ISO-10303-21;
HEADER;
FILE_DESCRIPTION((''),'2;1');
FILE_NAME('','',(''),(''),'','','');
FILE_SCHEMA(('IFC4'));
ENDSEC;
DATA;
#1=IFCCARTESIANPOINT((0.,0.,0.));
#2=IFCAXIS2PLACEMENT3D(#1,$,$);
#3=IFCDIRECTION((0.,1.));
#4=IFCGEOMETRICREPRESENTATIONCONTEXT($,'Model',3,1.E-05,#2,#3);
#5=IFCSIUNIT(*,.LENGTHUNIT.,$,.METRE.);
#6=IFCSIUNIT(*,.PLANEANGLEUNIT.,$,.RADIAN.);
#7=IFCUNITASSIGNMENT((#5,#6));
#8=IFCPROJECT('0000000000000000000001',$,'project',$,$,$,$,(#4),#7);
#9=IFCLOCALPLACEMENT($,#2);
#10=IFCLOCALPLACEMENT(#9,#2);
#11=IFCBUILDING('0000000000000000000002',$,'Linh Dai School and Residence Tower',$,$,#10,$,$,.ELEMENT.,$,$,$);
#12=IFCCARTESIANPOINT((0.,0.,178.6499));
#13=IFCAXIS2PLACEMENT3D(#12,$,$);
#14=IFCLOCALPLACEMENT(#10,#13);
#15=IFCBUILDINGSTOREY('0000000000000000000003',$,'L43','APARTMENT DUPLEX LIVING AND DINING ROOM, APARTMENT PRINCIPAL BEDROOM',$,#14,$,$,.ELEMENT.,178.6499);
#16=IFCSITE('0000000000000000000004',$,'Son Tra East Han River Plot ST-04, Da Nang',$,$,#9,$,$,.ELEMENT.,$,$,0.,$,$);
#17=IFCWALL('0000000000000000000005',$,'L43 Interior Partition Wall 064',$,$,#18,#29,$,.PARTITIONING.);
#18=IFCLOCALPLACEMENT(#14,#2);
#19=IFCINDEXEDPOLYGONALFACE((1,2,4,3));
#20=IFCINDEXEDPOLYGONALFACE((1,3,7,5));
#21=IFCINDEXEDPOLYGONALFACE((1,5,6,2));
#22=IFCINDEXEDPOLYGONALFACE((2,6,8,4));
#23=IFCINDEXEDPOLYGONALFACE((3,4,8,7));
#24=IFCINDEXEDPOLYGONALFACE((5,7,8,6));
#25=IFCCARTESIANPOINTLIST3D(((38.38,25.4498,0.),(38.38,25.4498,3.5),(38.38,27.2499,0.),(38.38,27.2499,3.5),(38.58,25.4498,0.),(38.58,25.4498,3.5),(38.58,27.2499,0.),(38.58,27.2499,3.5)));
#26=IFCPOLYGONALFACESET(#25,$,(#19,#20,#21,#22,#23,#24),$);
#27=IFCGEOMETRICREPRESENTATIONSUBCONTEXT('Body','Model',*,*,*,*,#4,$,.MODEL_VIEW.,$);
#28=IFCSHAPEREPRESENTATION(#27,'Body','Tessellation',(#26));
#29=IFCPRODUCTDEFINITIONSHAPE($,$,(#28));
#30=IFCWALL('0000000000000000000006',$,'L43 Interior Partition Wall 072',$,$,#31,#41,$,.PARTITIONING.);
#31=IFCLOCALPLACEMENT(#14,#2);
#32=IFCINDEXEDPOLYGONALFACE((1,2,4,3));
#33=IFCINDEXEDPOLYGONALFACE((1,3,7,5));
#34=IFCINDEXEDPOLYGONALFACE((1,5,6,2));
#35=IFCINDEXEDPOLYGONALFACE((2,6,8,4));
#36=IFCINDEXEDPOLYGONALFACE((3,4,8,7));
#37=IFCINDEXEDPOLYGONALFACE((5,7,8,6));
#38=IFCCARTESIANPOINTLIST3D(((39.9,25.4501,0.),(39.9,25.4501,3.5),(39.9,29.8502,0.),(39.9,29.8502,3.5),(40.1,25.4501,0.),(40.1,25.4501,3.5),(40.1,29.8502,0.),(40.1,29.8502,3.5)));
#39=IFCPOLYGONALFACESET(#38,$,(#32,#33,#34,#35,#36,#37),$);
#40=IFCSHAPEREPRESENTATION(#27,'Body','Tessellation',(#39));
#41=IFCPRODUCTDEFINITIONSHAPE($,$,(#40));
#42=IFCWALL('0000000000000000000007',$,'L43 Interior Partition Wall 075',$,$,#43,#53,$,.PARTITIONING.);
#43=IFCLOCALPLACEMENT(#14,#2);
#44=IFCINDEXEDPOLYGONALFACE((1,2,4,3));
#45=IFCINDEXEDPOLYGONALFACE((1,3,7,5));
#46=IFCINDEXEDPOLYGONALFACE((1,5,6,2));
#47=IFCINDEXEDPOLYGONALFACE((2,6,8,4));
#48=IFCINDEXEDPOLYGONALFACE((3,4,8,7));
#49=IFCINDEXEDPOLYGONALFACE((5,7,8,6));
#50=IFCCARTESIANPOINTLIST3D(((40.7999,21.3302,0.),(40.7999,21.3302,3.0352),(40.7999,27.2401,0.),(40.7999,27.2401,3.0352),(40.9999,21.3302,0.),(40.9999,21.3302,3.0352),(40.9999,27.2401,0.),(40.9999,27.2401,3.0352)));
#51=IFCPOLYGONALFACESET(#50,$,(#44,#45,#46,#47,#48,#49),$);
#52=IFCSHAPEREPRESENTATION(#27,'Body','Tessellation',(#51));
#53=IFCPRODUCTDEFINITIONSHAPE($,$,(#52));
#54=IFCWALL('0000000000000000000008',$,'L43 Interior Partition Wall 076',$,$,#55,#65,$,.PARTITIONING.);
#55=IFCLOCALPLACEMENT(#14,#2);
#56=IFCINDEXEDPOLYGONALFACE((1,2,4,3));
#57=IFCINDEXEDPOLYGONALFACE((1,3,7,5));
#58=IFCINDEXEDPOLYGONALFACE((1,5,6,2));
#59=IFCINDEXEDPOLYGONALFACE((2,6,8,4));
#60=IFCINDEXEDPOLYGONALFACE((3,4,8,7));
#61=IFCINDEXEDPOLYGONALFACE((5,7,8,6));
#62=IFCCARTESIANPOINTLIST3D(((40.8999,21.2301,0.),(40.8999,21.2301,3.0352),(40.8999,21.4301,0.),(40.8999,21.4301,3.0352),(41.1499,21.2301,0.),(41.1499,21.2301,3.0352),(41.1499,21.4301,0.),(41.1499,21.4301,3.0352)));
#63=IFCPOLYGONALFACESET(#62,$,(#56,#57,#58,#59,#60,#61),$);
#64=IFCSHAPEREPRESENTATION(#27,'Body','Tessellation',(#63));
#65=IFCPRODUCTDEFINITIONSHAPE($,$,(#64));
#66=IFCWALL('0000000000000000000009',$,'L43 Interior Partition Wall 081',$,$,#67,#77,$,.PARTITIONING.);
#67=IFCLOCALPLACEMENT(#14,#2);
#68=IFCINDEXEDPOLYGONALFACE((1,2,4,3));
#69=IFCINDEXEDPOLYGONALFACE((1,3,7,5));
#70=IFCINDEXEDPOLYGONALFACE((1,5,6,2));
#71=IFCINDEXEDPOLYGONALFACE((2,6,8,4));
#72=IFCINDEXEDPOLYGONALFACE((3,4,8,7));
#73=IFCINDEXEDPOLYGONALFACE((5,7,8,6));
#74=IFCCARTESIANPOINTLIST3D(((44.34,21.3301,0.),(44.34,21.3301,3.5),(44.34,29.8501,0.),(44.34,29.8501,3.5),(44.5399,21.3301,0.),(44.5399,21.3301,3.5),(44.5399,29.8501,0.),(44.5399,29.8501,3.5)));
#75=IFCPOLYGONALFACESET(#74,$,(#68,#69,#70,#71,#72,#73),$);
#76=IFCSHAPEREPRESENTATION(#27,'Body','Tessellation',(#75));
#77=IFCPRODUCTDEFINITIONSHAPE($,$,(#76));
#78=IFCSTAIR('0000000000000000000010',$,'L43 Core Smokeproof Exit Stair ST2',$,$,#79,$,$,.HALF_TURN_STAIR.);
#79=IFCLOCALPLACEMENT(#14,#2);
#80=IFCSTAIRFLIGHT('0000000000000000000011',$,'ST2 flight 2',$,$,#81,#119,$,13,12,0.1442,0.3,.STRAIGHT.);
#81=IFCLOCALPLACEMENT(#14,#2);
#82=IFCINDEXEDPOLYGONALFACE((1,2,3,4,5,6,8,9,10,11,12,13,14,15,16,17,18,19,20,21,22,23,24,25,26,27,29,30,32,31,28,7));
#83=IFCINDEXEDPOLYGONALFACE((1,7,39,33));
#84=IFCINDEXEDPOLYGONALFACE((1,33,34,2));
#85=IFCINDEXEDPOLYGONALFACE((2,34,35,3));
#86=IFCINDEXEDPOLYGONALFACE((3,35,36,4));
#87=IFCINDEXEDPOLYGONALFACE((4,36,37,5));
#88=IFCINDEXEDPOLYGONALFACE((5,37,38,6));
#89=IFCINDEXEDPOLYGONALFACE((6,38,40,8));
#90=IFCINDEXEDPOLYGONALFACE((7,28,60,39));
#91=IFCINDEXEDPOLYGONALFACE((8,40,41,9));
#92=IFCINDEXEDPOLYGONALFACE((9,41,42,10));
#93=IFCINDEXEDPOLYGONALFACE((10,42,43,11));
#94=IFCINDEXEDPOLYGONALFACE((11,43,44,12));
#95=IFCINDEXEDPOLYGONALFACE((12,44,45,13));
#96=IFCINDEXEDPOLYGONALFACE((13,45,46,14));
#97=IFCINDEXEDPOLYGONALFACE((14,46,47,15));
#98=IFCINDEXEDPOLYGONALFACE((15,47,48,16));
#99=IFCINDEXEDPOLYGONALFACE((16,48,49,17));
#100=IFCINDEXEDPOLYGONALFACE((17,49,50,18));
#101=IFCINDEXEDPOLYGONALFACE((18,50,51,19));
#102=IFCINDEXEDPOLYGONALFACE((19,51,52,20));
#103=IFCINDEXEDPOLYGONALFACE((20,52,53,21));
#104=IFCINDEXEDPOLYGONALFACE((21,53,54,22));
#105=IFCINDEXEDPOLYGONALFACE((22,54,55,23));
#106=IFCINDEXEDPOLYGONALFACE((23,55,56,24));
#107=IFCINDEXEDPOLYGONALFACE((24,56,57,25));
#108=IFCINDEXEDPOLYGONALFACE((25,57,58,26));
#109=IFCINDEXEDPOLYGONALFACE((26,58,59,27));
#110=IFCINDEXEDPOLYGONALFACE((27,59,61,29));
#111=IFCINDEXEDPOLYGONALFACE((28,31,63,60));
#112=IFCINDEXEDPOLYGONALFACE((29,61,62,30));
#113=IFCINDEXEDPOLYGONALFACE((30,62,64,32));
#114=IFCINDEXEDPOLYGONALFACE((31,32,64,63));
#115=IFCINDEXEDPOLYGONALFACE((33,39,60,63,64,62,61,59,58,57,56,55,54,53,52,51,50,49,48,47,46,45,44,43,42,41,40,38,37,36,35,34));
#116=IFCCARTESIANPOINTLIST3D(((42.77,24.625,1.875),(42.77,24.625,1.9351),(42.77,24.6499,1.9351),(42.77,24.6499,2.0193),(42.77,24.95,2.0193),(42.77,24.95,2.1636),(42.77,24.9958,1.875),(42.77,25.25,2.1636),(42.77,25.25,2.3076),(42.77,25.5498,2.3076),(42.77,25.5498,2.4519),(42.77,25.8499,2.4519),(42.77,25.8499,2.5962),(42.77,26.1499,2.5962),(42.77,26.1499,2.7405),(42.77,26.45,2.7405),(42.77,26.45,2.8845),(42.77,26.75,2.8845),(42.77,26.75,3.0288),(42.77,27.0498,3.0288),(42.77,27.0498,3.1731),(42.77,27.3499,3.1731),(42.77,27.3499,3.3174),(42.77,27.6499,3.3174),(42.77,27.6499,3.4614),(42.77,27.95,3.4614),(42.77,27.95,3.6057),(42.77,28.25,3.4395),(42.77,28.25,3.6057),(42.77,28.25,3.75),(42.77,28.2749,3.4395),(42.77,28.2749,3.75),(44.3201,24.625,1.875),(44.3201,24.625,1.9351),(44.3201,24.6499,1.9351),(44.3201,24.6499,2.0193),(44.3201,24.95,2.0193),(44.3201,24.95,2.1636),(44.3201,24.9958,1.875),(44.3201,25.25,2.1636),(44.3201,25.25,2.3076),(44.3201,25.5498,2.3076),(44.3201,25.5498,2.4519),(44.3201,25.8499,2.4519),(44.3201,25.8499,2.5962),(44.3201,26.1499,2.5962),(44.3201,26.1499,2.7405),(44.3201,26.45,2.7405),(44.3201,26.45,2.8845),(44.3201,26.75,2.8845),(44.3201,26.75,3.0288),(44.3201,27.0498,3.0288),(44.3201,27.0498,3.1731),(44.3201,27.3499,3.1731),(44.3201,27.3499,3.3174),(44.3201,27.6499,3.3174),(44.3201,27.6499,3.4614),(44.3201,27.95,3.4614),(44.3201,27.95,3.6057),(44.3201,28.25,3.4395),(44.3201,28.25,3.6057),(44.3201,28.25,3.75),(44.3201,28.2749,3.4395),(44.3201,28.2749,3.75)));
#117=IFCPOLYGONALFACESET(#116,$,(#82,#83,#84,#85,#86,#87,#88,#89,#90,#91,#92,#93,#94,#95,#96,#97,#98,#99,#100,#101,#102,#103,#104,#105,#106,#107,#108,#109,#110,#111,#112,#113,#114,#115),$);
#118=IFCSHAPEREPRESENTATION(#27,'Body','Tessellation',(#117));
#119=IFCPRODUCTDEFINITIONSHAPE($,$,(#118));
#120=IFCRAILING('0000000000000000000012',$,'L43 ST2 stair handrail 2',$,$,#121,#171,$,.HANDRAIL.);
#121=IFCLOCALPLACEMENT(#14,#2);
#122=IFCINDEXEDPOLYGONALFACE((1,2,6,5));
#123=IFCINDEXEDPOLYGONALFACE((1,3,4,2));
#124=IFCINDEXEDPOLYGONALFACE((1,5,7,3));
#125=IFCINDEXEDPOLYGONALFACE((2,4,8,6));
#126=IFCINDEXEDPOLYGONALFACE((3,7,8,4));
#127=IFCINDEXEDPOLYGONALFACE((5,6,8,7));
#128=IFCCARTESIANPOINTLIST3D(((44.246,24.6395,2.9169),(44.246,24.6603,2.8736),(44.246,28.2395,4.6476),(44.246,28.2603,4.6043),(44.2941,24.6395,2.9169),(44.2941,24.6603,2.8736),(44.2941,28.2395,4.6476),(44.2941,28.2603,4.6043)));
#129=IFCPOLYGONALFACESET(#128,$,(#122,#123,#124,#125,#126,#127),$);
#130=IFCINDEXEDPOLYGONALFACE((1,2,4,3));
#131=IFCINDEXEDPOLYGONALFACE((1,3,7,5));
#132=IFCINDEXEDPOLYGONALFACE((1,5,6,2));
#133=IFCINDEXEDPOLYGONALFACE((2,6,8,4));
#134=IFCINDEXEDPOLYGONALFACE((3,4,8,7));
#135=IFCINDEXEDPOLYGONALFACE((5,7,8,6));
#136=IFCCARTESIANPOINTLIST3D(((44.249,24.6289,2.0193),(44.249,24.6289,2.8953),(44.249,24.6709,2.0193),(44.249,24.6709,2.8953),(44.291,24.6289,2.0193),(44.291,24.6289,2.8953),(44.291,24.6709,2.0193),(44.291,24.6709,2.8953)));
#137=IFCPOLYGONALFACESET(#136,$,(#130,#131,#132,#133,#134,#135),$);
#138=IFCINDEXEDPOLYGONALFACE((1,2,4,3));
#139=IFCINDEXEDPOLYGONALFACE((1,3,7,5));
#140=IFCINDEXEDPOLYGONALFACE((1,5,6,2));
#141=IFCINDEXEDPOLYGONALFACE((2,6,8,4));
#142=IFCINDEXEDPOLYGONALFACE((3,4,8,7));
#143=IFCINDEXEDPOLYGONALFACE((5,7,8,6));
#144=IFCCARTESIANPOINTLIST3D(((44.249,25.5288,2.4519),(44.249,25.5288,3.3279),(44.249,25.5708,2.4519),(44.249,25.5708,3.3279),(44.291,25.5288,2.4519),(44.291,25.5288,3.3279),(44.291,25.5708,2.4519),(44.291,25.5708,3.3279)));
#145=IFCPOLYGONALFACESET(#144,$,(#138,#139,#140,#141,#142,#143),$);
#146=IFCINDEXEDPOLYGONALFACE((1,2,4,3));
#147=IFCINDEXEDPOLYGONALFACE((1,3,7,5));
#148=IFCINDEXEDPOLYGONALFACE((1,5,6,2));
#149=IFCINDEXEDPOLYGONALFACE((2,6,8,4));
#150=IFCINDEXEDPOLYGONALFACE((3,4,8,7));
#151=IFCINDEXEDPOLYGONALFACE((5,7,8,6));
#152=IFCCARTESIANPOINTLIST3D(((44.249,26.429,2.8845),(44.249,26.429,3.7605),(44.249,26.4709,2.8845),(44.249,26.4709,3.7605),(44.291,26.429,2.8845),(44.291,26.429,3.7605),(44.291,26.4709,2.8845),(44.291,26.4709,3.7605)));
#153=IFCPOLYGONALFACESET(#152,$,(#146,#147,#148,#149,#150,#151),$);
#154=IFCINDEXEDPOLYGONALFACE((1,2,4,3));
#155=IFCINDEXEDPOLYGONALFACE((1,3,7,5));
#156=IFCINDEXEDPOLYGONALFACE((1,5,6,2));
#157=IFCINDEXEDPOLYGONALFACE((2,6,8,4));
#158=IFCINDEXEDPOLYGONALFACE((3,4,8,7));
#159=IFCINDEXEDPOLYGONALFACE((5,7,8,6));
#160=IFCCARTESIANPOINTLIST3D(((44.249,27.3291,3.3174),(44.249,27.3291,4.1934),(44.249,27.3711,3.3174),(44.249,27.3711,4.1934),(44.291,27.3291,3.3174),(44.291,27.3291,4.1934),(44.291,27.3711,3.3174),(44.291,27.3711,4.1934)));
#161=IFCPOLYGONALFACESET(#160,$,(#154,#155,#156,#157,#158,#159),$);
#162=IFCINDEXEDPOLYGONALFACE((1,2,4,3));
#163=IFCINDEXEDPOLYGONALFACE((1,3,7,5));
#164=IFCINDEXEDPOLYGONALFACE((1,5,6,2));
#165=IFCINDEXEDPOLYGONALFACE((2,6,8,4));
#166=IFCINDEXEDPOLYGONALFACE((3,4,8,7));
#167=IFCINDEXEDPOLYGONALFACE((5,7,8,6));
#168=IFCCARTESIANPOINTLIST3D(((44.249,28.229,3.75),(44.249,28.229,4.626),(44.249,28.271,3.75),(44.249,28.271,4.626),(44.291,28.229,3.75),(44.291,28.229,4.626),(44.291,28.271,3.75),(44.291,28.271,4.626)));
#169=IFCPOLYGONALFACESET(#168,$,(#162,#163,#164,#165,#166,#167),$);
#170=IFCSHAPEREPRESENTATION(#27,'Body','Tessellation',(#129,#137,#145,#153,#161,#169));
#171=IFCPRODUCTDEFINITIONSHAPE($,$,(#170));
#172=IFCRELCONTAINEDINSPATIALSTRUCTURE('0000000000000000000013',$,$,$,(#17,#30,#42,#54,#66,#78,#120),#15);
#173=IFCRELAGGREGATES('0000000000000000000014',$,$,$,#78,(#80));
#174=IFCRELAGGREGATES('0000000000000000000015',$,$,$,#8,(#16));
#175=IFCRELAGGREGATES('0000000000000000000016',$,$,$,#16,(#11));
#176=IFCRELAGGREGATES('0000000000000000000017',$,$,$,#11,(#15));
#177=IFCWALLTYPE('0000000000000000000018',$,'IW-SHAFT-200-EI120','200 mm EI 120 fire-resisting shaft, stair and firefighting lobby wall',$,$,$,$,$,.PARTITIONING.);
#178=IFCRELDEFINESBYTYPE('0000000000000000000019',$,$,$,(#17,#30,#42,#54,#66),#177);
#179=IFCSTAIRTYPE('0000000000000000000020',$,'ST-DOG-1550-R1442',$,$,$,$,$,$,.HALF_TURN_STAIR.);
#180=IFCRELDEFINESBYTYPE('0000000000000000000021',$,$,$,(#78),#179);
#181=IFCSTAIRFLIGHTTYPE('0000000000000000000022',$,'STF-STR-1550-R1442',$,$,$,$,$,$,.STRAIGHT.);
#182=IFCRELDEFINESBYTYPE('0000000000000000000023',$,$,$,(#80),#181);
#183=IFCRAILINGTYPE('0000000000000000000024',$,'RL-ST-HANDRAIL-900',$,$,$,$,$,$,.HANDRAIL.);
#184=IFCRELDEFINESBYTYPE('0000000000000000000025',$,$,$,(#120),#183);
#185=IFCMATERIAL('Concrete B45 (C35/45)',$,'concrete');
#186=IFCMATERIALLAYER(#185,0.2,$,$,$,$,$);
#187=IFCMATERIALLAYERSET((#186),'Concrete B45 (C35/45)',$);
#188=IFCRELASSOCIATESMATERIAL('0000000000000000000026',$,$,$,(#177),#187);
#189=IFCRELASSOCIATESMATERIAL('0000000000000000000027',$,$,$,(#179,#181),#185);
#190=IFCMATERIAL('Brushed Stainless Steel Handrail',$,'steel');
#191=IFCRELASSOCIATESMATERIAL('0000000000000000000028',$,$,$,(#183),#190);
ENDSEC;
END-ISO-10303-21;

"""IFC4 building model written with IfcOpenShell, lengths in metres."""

from ifc_helpers import new_model, si_unit, direction, frame, frame_2d, origin, origin_2d, place, context, subcontext, project, spatial, polyline, rectangle, outline, extrude, source, transform, mapped, material, layer, layer_set, type_object, element, aggregate, save


model = new_model("IFC4")

# Units and contexts
model_context = context("Model", 3, precision=1e-05, world=origin(), true_north=direction((0.0, 1.0)))
body_context = subcontext(model_context, "Body", "Model", "MODEL_VIEW")
ifc_project = project(units=[si_unit("LENGTHUNIT", "METRE"), si_unit("PLANEANGLEUNIT", "RADIAN")], contexts=[model_context])

# Site, building, storey
site_placement = place(None, origin())
site = spatial("IfcSite", under=ifc_project, at=site_placement, Name="Son Tra East Han River Plot ST-04, Da Nang", CompositionType="ELEMENT", RefElevation=0.0)
building_placement = place(site_placement, origin())
building = spatial("IfcBuilding", under=site, at=building_placement, Name="Linh Dai School and Residence Tower", CompositionType="ELEMENT")
storey_placement = place(building_placement, frame((0.0, 0.0, 178.6499)))
storey = spatial("IfcBuildingStorey", under=building, at=storey_placement, Name="L43", Description="APARTMENT DUPLEX LIVING AND DINING ROOM, APARTMENT PRINCIPAL BEDROOM", CompositionType="ELEMENT", Elevation=178.6499)

# Walls
ifc_material_1 = material(Name="Concrete B45 (C35/45)", Category="concrete")
ifc_layer_1 = layer(ifc_material_1, 0.2)
ifc_layer_set_1 = layer_set([ifc_layer_1], Name="Concrete B45 (C35/45)")
wall_type_1 = type_object("IfcWallType", Name="IW-SHAFT-200-EI120", Description="200 mm EI 120 fire-resisting shaft, stair and firefighting lobby wall", PredefinedType="PARTITIONING", material=ifc_layer_set_1)
for number, where, z_axis, x_axis, name in (
    (1, (38.48, 25.45, 0.0), (0.0, 0.0, 1.0), (0.0, 1.0, 0.0), "L43 Interior Partition Wall 064"),
):
    element("IfcWall", number, at=place(storey_placement, frame(where, z_axis=z_axis, x_axis=x_axis)), inside=storey, type_object=wall_type_1, Name=name, PredefinedType="PARTITIONING", context=body_context, shape_type="SweptSolid", body=[
        extrude(rectangle(XDim=1.8, YDim=0.2, at=frame_2d((0.8999, 0.0))), origin(), (0.0, 0.0, 1.0), 3.5),
    ])
wall_1_placement = place(storey_placement, frame((40.0, 25.45, 0.0), z_axis=(0.0, 0.0, 1.0), x_axis=(0.0, 1.0, 0.0)))
element("IfcWall", 2, at=wall_1_placement, inside=storey, type_object=wall_type_1, Name="L43 Interior Partition Wall 072", PredefinedType="PARTITIONING", context=body_context, shape_type="SweptSolid", body=[
    extrude(rectangle(XDim=4.4001, YDim=0.2, at=frame_2d((2.2002, 0.0))), origin(), (0.0, 0.0, 1.0), 3.5),
])
wall_2_placement = place(storey_placement, frame((40.8999, 21.3301, 0.0), z_axis=(0.0, 0.0, 1.0), x_axis=(0.0, 1.0, 0.0)))
element("IfcWall", 3, at=wall_2_placement, inside=storey, type_object=wall_type_1, Name="L43 Interior Partition Wall 075", PredefinedType="PARTITIONING", context=body_context, shape_type="SweptSolid", body=[
    extrude(rectangle(XDim=5.9099, YDim=0.2, at=frame_2d((2.9551, 0.0))), origin(), (0.0, 0.0, 1.0), 3.0352),
])
wall_3_placement = place(storey_placement, frame((40.8999, 21.3301, 0.0), z_axis=(0.0, 0.0, 1.0), x_axis=(1.0, 0.0, 0.0)))
element("IfcWall", 4, at=wall_3_placement, inside=storey, type_object=wall_type_1, Name="L43 Interior Partition Wall 076", PredefinedType="PARTITIONING", context=body_context, shape_type="SweptSolid", body=[
    extrude(rectangle(XDim=0.25, YDim=0.2, at=frame_2d((0.125, 0.0))), origin(), (0.0, 0.0, 1.0), 3.0352),
])
wall_4_placement = place(storey_placement, frame((44.4399, 21.3301, 0.0), z_axis=(0.0, 0.0, 1.0), x_axis=(0.0, 1.0, 0.0)))
element("IfcWall", 5, at=wall_4_placement, inside=storey, type_object=wall_type_1, Name="L43 Interior Partition Wall 081", PredefinedType="PARTITIONING", context=body_context, shape_type="SweptSolid", body=[
    extrude(rectangle(XDim=8.52, YDim=0.2, at=frame_2d((4.26, 0.0))), origin(), (0.0, 0.0, 1.0), 3.5),
])

# Stair, stair flight
stair_type = type_object("IfcStairType", Name="ST-DOG-1550-R1442", PredefinedType="HALF_TURN_STAIR", material=ifc_material_1)
stair_placement = place(storey_placement, origin())
stair = element("IfcStair", 6, at=stair_placement, inside=storey, type_object=stair_type, Name="L43 Core Smokeproof Exit Stair ST2", PredefinedType="HALF_TURN_STAIR")
stair_flight_type = type_object("IfcStairFlightType", Name="STF-STR-1550-R1442", PredefinedType="STRAIGHT", material=ifc_material_1)
shared_shape_1 = source(origin(), body_context, "Body", "SweptSolid", [
    extrude(outline(polyline([(-0.0249, 0.0), (-0.0249, 0.0601), (0.0, 0.0601), (0.0, 0.1443), (0.3, 0.1443), (0.3, 0.2886), (0.6001, 0.2886), (0.6001, 0.4326), (0.8999, 0.4326), (0.8999, 0.5769), (1.2, 0.5769), (1.2, 0.7212), (1.5, 0.7212), (1.5, 0.8655), (1.8, 0.8655), (1.8, 1.0095), (2.1001, 1.0095), (2.1001, 1.1538), (2.3999, 1.1538), (2.3999, 1.2981), (2.7, 1.2981), (2.7, 1.4424), (3.0, 1.4424), (3.0, 1.5864), (3.3, 1.5864), (3.3, 1.7307), (3.6001, 1.7307), (3.6001, 1.875), (3.625, 1.875), (3.625, 1.5645), (3.6001, 1.5645), (0.3459, 0.0), (-0.0249, 0.0)])), frame((0.0, 0.7749, 0.0), z_axis=(0.0, -1.0, 0.0), x_axis=(1.0, 0.0, 0.0)), (0.0, 0.0, 1.0), 1.55),
])
stair_flight_placement = place(storey_placement, frame((43.5449, 24.6499, 1.875), z_axis=(0.0, 0.0, 1.0), x_axis=(0.0, 1.0, 0.0)))
stair_flight = element("IfcStairFlight", 7, at=stair_flight_placement, type_object=stair_flight_type, Name="ST2 flight 2", NumberOfRisers=13, NumberOfTreads=12, PredefinedType="STRAIGHT", RiserHeight=0.1442, TreadLength=0.3, context=body_context, shape_type="MappedRepresentation", body=[
    mapped(shared_shape_1, transform((0.0, 0.0, 0.0), x_axis=(1.0, 0.0, 0.0), y_axis=(0.0, 1.0, 0.0), z_axis=(0.0, 0.0, 1.0), scale=1.0)),
])
aggregate(stair, [stair_flight])

# Railing
ifc_material_2 = material(Name="Brushed Stainless Steel Handrail", Category="steel")
railing_type_1 = type_object("IfcRailingType", Name="RL-ST-HANDRAIL-900", PredefinedType="HANDRAIL", material=ifc_material_2)
shared_shape_2 = source(origin(), body_context, "Body", "SweptSolid", [
    extrude(rectangle(XDim=0.0481, YDim=0.0481, at=origin_2d()), frame((0.0, 0.0, 0.876), z_axis=(0.0, 0.901263, 0.433273), x_axis=(-1.0, 0.0, 0.0)), (0.0, 0.0, 1.0), 3.9944),
    extrude(rectangle(XDim=0.042, YDim=0.042, at=origin_2d()), origin(), (0.0, 0.0, 1.0), 0.876),
    extrude(rectangle(XDim=0.042, YDim=0.042, at=origin_2d()), frame((0.0, 0.8999, 0.4326)), (0.0, 0.0, 1.0), 0.876),
    extrude(rectangle(XDim=0.042, YDim=0.042, at=origin_2d()), frame((0.0, 1.8, 0.8652)), (0.0, 0.0, 1.0), 0.876),
    extrude(rectangle(XDim=0.042, YDim=0.042, at=origin_2d()), frame((0.0, 2.7002, 1.2981)), (0.0, 0.0, 1.0), 0.876),
    extrude(rectangle(XDim=0.042, YDim=0.042, at=origin_2d()), frame((0.0, 3.6001, 1.7307)), (0.0, 0.0, 1.0), 0.876),
])
railing_1_placement = place(storey_placement, frame((44.27, 24.6499, 2.0193)))
element("IfcRailing", 8, at=railing_1_placement, inside=storey, type_object=railing_type_1, Name="L43 ST2 stair handrail 2", PredefinedType="HANDRAIL", context=body_context, shape_type="MappedRepresentation", body=[
    mapped(shared_shape_2, transform((0.0, 0.0, 0.0), x_axis=(1.0, 0.0, 0.0), y_axis=(0.0, 1.0, 0.0), z_axis=(0.0, 0.0, 1.0), scale=1.0)),
])

save(model, "model.ifc")
